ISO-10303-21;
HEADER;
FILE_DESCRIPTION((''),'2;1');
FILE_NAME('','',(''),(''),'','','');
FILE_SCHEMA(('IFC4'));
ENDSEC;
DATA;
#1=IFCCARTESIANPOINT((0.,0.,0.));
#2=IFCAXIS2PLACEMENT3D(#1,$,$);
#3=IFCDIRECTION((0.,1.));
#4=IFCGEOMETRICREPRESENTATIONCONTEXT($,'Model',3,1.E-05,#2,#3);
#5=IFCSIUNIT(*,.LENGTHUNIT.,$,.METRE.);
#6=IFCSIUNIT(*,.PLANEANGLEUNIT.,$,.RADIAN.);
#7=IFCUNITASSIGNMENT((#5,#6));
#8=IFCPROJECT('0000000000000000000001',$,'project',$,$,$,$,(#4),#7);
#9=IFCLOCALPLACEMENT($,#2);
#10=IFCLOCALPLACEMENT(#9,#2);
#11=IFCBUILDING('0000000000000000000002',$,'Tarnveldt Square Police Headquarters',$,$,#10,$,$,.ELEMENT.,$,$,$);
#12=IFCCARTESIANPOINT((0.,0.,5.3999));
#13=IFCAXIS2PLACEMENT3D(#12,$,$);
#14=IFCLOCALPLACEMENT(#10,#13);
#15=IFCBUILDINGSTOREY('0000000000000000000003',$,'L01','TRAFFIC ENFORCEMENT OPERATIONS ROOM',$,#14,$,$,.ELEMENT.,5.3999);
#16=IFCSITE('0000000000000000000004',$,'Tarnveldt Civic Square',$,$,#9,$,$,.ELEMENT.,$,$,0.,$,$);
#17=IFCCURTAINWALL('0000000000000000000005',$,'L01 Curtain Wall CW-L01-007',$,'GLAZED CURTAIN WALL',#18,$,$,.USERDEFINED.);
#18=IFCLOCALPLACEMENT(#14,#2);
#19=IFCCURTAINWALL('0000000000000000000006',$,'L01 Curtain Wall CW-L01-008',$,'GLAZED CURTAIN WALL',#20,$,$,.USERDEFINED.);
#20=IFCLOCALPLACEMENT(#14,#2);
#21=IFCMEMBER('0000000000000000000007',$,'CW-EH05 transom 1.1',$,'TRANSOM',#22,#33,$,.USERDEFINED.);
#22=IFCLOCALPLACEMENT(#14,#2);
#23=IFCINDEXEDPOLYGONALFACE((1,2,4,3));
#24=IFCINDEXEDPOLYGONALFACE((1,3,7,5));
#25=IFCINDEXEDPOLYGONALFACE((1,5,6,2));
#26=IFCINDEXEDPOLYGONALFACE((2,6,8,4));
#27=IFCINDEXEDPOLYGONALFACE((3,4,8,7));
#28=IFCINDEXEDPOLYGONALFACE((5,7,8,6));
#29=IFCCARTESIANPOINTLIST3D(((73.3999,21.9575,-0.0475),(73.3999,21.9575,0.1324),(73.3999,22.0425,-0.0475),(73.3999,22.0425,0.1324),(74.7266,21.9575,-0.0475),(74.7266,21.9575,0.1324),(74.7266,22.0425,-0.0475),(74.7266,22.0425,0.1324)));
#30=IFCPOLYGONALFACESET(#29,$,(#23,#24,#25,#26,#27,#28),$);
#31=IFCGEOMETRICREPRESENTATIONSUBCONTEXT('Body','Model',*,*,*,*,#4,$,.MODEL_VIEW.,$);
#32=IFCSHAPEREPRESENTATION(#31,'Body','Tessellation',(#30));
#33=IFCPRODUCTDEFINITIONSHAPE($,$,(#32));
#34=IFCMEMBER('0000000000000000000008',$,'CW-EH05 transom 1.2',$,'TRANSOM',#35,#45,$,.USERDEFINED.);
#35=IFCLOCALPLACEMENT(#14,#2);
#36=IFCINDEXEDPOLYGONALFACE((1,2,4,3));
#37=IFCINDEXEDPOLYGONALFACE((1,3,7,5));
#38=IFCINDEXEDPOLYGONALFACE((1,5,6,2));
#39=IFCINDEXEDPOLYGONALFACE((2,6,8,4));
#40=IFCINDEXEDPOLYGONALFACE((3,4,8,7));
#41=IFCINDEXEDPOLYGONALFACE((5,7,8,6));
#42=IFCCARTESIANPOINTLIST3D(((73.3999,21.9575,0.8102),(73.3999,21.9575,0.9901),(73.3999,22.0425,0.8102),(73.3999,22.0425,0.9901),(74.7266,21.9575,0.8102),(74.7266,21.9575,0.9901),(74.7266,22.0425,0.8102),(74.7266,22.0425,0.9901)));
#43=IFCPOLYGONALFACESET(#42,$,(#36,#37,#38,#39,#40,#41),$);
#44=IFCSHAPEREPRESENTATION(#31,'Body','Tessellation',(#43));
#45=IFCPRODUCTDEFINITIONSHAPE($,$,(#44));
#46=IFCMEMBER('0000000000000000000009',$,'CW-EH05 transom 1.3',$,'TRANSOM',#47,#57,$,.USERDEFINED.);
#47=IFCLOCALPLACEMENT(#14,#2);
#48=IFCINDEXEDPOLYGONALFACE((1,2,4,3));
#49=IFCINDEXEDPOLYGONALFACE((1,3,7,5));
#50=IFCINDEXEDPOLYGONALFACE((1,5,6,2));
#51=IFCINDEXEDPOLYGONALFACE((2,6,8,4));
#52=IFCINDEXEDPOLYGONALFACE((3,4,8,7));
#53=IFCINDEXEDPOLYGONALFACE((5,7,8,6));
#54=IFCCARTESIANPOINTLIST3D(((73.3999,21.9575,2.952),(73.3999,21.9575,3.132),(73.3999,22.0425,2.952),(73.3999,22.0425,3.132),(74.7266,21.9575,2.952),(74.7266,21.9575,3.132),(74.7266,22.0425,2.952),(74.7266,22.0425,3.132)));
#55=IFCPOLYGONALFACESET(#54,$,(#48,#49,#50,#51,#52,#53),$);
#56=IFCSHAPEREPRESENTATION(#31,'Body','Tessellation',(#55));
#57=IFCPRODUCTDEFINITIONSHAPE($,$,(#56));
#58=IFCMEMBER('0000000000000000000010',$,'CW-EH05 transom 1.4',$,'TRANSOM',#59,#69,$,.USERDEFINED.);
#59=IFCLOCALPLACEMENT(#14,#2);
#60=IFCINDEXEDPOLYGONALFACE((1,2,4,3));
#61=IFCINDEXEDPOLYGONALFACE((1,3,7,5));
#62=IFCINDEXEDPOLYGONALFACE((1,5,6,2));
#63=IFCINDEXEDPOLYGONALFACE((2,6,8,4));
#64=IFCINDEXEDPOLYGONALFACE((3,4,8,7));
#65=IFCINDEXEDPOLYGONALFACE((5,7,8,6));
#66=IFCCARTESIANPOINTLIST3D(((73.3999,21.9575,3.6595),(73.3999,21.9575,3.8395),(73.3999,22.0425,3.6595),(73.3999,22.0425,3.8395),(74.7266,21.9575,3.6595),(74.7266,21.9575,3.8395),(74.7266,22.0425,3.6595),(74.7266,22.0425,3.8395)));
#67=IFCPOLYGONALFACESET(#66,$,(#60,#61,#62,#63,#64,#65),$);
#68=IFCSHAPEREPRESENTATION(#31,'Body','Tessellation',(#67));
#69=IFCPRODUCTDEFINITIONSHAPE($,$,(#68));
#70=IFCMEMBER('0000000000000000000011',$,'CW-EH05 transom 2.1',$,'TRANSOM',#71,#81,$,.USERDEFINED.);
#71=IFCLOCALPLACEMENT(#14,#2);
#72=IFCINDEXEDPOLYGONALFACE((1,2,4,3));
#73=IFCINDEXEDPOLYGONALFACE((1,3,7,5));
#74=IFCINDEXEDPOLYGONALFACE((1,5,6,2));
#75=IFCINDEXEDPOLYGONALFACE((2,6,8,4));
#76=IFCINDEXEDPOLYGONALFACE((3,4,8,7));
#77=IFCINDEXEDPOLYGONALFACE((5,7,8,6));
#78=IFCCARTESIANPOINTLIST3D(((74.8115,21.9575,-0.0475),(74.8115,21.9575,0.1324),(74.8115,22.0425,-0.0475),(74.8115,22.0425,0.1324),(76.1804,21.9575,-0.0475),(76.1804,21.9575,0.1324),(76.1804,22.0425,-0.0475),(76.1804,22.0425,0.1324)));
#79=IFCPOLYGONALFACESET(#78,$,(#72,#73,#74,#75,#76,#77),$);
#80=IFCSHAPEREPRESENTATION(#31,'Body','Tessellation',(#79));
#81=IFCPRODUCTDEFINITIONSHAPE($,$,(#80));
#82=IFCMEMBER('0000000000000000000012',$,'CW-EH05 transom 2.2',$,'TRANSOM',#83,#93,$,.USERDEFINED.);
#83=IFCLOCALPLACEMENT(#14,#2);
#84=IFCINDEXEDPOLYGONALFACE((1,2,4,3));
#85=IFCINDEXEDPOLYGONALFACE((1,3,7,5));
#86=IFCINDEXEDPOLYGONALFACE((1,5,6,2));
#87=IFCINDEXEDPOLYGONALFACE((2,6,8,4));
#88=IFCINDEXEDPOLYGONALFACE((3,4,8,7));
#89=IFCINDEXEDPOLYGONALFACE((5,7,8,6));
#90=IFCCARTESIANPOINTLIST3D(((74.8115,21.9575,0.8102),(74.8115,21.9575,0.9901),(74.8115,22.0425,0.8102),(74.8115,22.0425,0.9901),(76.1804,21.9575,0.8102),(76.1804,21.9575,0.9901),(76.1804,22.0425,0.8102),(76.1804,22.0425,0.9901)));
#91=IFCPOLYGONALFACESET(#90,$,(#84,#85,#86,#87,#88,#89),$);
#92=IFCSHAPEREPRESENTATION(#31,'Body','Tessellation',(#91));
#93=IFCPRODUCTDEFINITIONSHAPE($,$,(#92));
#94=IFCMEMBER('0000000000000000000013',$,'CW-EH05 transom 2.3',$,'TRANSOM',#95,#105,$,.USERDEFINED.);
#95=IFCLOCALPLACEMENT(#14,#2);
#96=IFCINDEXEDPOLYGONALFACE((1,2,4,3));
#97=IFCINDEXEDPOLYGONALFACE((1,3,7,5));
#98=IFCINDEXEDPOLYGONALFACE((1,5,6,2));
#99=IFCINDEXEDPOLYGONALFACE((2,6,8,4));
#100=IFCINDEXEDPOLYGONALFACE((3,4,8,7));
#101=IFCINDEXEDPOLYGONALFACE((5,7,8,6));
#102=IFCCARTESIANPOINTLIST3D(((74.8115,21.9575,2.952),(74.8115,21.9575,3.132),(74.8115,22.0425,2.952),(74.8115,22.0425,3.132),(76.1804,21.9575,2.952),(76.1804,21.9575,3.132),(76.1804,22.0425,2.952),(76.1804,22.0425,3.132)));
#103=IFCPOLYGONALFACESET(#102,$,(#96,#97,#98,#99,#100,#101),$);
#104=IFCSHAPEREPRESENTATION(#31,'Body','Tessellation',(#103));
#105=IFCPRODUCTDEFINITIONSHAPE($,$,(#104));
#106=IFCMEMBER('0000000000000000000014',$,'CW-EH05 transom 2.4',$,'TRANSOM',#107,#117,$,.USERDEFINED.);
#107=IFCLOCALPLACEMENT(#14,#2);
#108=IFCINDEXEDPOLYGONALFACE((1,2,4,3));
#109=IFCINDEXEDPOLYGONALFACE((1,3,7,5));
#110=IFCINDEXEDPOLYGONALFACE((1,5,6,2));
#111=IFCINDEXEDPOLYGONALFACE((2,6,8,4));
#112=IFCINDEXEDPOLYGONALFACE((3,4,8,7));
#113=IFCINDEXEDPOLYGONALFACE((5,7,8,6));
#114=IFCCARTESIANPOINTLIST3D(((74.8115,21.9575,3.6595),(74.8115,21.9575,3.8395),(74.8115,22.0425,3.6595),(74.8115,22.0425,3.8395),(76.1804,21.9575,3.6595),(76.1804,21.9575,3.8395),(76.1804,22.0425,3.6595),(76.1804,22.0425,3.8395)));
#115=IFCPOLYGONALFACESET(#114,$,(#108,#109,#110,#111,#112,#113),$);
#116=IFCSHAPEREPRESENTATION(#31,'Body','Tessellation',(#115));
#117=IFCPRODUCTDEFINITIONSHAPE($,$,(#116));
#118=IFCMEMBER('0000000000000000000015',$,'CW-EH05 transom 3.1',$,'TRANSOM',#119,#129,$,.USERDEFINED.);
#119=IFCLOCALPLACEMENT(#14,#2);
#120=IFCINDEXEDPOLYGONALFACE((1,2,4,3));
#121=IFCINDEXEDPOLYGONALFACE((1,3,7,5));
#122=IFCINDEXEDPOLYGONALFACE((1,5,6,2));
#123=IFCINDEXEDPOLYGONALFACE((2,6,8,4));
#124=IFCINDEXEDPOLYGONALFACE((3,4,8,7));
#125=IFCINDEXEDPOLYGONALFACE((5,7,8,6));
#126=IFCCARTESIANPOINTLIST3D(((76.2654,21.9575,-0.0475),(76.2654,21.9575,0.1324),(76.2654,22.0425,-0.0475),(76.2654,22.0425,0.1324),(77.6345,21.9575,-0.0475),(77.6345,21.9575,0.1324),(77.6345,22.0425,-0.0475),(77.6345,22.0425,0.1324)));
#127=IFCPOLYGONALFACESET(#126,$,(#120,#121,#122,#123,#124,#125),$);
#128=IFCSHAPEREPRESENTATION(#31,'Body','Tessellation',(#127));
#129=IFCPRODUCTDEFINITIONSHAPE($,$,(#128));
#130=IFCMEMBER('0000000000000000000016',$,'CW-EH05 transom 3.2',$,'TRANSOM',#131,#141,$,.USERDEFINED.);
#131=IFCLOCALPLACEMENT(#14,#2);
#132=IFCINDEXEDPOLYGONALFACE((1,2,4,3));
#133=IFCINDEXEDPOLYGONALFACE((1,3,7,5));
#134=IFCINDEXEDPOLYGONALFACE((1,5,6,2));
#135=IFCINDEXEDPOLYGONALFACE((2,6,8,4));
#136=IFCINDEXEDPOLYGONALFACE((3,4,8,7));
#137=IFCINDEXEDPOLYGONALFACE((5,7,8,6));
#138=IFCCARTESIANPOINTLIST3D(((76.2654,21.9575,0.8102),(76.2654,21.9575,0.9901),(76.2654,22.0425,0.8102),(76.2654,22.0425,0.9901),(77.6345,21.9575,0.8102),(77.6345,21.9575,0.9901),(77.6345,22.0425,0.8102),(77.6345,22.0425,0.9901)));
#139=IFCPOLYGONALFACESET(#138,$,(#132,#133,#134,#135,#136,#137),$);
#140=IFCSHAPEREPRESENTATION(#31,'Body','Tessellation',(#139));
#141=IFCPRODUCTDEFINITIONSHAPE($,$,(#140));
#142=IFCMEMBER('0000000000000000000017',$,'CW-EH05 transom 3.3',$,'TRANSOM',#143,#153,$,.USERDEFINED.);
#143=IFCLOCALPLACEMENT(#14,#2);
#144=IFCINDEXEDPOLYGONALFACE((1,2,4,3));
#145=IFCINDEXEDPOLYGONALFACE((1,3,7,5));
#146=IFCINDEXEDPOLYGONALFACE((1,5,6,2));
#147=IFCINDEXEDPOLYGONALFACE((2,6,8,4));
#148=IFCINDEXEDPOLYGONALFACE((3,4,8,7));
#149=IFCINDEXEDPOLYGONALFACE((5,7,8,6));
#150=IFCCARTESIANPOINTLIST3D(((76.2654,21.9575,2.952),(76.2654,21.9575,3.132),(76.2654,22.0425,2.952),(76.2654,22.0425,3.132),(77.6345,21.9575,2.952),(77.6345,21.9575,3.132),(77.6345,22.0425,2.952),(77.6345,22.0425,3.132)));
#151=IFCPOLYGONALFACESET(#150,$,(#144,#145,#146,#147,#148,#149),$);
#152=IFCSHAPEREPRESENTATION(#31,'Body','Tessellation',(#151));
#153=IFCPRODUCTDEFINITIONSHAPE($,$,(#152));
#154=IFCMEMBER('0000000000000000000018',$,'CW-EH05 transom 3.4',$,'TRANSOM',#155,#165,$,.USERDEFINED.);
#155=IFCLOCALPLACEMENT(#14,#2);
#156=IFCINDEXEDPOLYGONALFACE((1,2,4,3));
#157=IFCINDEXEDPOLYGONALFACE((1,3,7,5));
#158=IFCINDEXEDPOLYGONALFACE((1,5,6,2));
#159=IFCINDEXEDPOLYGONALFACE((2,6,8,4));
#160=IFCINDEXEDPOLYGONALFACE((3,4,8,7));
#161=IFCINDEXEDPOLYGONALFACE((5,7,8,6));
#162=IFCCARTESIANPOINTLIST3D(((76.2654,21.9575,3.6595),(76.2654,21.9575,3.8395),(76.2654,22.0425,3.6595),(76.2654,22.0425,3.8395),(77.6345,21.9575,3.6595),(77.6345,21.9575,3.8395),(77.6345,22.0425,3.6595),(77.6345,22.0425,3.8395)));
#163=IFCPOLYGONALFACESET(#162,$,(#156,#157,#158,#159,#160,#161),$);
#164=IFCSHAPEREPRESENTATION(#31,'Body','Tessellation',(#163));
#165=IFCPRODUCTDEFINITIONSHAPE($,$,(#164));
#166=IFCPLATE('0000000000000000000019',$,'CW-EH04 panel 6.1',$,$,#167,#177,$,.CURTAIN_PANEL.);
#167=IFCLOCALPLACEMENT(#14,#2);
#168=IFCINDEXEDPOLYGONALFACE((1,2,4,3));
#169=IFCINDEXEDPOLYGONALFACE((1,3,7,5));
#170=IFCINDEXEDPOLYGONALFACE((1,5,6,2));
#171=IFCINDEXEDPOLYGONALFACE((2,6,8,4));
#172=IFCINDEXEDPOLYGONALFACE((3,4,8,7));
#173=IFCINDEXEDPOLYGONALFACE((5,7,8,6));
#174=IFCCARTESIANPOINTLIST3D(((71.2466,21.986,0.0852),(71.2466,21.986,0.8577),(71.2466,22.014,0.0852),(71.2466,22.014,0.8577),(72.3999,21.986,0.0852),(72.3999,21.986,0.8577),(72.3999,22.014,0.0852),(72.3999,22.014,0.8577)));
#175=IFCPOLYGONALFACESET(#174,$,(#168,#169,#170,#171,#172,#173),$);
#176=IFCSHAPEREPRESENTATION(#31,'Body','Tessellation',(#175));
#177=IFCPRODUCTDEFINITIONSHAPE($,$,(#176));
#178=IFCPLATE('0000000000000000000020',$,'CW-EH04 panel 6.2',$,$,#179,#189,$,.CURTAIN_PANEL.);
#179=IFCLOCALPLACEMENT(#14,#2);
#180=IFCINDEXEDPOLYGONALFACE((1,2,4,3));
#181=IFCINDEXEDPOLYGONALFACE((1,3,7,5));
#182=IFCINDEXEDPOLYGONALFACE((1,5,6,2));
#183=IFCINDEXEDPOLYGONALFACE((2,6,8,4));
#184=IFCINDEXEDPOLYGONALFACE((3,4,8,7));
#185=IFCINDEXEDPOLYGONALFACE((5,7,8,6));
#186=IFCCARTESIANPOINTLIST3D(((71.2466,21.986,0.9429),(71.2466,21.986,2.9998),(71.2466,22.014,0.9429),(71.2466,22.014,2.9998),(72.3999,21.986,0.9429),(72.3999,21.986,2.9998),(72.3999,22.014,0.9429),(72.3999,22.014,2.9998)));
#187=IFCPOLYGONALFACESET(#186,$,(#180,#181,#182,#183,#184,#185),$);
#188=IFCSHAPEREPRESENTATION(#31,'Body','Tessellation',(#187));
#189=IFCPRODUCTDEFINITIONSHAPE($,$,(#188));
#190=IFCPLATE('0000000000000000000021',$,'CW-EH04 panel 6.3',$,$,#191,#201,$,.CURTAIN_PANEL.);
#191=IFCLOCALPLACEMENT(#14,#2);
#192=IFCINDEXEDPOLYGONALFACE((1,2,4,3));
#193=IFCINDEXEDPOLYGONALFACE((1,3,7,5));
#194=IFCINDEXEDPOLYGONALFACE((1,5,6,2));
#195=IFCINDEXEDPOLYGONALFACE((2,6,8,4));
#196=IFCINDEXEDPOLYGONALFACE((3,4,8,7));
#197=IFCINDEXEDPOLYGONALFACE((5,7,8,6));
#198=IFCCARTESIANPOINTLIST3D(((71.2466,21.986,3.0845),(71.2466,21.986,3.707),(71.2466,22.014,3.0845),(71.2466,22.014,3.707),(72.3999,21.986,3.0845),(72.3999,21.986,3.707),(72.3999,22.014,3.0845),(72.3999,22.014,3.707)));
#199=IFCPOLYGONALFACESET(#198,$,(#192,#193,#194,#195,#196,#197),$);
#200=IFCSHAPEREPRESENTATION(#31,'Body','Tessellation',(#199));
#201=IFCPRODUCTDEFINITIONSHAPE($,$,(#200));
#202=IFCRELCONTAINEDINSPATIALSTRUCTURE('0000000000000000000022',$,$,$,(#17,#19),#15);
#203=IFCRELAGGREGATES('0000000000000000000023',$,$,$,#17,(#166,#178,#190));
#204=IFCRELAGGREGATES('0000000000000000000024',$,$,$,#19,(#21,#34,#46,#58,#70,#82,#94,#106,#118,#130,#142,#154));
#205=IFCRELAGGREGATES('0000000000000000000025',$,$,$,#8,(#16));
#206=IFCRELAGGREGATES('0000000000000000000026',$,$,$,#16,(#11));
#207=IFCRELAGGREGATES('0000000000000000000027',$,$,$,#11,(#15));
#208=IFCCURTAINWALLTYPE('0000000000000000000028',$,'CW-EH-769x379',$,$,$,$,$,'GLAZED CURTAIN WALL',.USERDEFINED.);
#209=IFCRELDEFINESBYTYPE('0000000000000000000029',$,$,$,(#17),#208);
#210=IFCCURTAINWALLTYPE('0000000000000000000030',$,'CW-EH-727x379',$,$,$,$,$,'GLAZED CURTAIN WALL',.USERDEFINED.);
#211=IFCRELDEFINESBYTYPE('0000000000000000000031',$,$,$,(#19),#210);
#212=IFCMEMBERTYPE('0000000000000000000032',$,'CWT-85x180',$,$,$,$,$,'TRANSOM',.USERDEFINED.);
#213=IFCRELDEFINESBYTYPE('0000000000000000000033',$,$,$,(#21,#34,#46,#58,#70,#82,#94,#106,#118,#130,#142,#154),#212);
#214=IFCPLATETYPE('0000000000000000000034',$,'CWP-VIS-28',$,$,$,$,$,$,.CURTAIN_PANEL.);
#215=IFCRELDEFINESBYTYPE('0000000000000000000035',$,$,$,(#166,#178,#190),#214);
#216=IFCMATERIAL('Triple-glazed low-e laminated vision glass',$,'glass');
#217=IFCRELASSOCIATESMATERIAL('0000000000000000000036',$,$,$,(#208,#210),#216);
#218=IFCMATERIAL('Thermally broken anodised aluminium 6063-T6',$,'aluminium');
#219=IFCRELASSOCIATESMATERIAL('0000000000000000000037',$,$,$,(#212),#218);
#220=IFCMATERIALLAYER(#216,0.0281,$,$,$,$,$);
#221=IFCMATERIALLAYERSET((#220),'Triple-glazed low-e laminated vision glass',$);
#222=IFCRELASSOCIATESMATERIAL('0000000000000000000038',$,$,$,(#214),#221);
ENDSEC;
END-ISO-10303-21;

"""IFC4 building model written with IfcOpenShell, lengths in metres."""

from ifc_helpers import new_model, si_unit, direction, frame, origin, origin_2d, place, context, subcontext, project, spatial, rectangle, extrude, material, layer, layer_set, material_profile, profile_set, type_object, element, aggregate, save


model = new_model("IFC4")

# Units and contexts
model_context = context("Model", 3, precision=1e-05, world=origin(), true_north=direction((0.0, 1.0)))
body_context = subcontext(model_context, "Body", "Model", "MODEL_VIEW")
ifc_project = project(units=[si_unit("LENGTHUNIT", "METRE"), si_unit("PLANEANGLEUNIT", "RADIAN")], contexts=[model_context])

# Site, building, storey
site_placement = place(None, origin())
site = spatial("IfcSite", under=ifc_project, at=site_placement, Name="Tarnveldt Civic Square", CompositionType="ELEMENT", RefElevation=0.0)
building_placement = place(site_placement, origin())
building = spatial("IfcBuilding", under=site, at=building_placement, Name="Tarnveldt Square Police Headquarters", CompositionType="ELEMENT")
storey_placement = place(building_placement, frame((0.0, 0.0, 5.3999)))
storey = spatial("IfcBuildingStorey", under=building, at=storey_placement, Name="L01", Description="TRAFFIC ENFORCEMENT OPERATIONS ROOM", CompositionType="ELEMENT", Elevation=5.3999)

# Curtain walls
ifc_material_1 = material(Name="Triple-glazed low-e laminated vision glass", Category="glass")
curtain_wall_type_1 = type_object("IfcCurtainWallType", Name="CW-EH-769x379", ElementType="GLAZED CURTAIN WALL", PredefinedType="USERDEFINED", material=ifc_material_1)
curtain_wall_1_placement = place(storey_placement, origin())
curtain_wall_1 = element("IfcCurtainWall", 1, at=curtain_wall_1_placement, inside=storey, type_object=curtain_wall_type_1, Name="L01 Curtain Wall CW-L01-007", ObjectType="GLAZED CURTAIN WALL", PredefinedType="USERDEFINED")
ifc_material_2 = material(Name="Thermally broken anodised aluminium 6063-T6", Category="aluminium")
curtain_wall_type_2 = type_object("IfcCurtainWallType", Name="CW-EH-727x379", ElementType="GLAZED CURTAIN WALL", PredefinedType="USERDEFINED", material=ifc_material_1)
curtain_wall_2_placement = place(storey_placement, origin())
curtain_wall_2 = element("IfcCurtainWall", 2, at=curtain_wall_2_placement, inside=storey, type_object=curtain_wall_type_2, Name="L01 Curtain Wall CW-L01-008", ObjectType="GLAZED CURTAIN WALL", PredefinedType="USERDEFINED")

# Members
ifc_material_profile_1 = material_profile(ifc_material_2, rectangle(XDim=0.085, YDim=0.1799, at=origin_2d()), Name="CW-T85x180")
ifc_profile_set_1 = profile_set([ifc_material_profile_1], Name="Thermally broken anodised aluminium 6063-T6")
member_type_1 = type_object("IfcMemberType", Name="CWT-85x180", ElementType="TRANSOM", PredefinedType="USERDEFINED", material=ifc_profile_set_1)
member_1_placement = place(storey_placement, frame((73.3999, 22.0, 0.0425), z_axis=(1.0, 0.0, 0.0), x_axis=(0.0, 1.0, 0.0)))
member_1 = element("IfcMember", 3, at=member_1_placement, type_object=member_type_1, Name="CW-EH05 transom 1.1", ObjectType="TRANSOM", PredefinedType="USERDEFINED", context=body_context, shape_type="SweptSolid", body=[
    extrude(rectangle(XDim=0.085, YDim=0.1799, at=origin_2d()), origin(), (0.0, 0.0, 1.0), 1.3267),
])
member_2_placement = place(storey_placement, frame((73.3999, 22.0, 0.9001), z_axis=(1.0, 0.0, 0.0), x_axis=(0.0, 1.0, 0.0)))
member_2 = element("IfcMember", 4, at=member_2_placement, type_object=member_type_1, Name="CW-EH05 transom 1.2", ObjectType="TRANSOM", PredefinedType="USERDEFINED", context=body_context, shape_type="SweptSolid", body=[
    extrude(rectangle(XDim=0.085, YDim=0.1799, at=origin_2d()), origin(), (0.0, 0.0, 1.0), 1.3267),
])
member_3_placement = place(storey_placement, frame((73.3999, 22.0, 3.042), z_axis=(1.0, 0.0, 0.0), x_axis=(0.0, 1.0, 0.0)))
member_3 = element("IfcMember", 5, at=member_3_placement, type_object=member_type_1, Name="CW-EH05 transom 1.3", ObjectType="TRANSOM", PredefinedType="USERDEFINED", context=body_context, shape_type="SweptSolid", body=[
    extrude(rectangle(XDim=0.085, YDim=0.1799, at=origin_2d()), origin(), (0.0, 0.0, 1.0), 1.3267),
])
member_4_placement = place(storey_placement, frame((73.3999, 22.0, 3.7495), z_axis=(1.0, 0.0, 0.0), x_axis=(0.0, 1.0, 0.0)))
member_4 = element("IfcMember", 6, at=member_4_placement, type_object=member_type_1, Name="CW-EH05 transom 1.4", ObjectType="TRANSOM", PredefinedType="USERDEFINED", context=body_context, shape_type="SweptSolid", body=[
    extrude(rectangle(XDim=0.085, YDim=0.1799, at=origin_2d()), origin(), (0.0, 0.0, 1.0), 1.3267),
])
member_5_placement = place(storey_placement, frame((74.8115, 22.0, 0.0425), z_axis=(1.0, 0.0, 0.0), x_axis=(0.0, 1.0, 0.0)))
member_5 = element("IfcMember", 7, at=member_5_placement, type_object=member_type_1, Name="CW-EH05 transom 2.1", ObjectType="TRANSOM", PredefinedType="USERDEFINED", context=body_context, shape_type="SweptSolid", body=[
    extrude(rectangle(XDim=0.085, YDim=0.1799, at=origin_2d()), origin(), (0.0, 0.0, 1.0), 1.3689),
])
member_6_placement = place(storey_placement, frame((74.8115, 22.0, 0.9001), z_axis=(1.0, 0.0, 0.0), x_axis=(0.0, 1.0, 0.0)))
member_6 = element("IfcMember", 8, at=member_6_placement, type_object=member_type_1, Name="CW-EH05 transom 2.2", ObjectType="TRANSOM", PredefinedType="USERDEFINED", context=body_context, shape_type="SweptSolid", body=[
    extrude(rectangle(XDim=0.085, YDim=0.1799, at=origin_2d()), origin(), (0.0, 0.0, 1.0), 1.3689),
])
member_7_placement = place(storey_placement, frame((74.8115, 22.0, 3.042), z_axis=(1.0, 0.0, 0.0), x_axis=(0.0, 1.0, 0.0)))
member_7 = element("IfcMember", 9, at=member_7_placement, type_object=member_type_1, Name="CW-EH05 transom 2.3", ObjectType="TRANSOM", PredefinedType="USERDEFINED", context=body_context, shape_type="SweptSolid", body=[
    extrude(rectangle(XDim=0.085, YDim=0.1799, at=origin_2d()), origin(), (0.0, 0.0, 1.0), 1.3689),
])
member_8_placement = place(storey_placement, frame((74.8115, 22.0, 3.7495), z_axis=(1.0, 0.0, 0.0), x_axis=(0.0, 1.0, 0.0)))
member_8 = element("IfcMember", 10, at=member_8_placement, type_object=member_type_1, Name="CW-EH05 transom 2.4", ObjectType="TRANSOM", PredefinedType="USERDEFINED", context=body_context, shape_type="SweptSolid", body=[
    extrude(rectangle(XDim=0.085, YDim=0.1799, at=origin_2d()), origin(), (0.0, 0.0, 1.0), 1.3689),
])
member_9_placement = place(storey_placement, frame((76.2654, 22.0, 0.0425), z_axis=(1.0, 0.0, 0.0), x_axis=(0.0, 1.0, 0.0)))
member_9 = element("IfcMember", 11, at=member_9_placement, type_object=member_type_1, Name="CW-EH05 transom 3.1", ObjectType="TRANSOM", PredefinedType="USERDEFINED", context=body_context, shape_type="SweptSolid", body=[
    extrude(rectangle(XDim=0.085, YDim=0.1799, at=origin_2d()), origin(), (0.0, 0.0, 1.0), 1.3691),
])
member_10_placement = place(storey_placement, frame((76.2654, 22.0, 0.9001), z_axis=(1.0, 0.0, 0.0), x_axis=(0.0, 1.0, 0.0)))
member_10 = element("IfcMember", 12, at=member_10_placement, type_object=member_type_1, Name="CW-EH05 transom 3.2", ObjectType="TRANSOM", PredefinedType="USERDEFINED", context=body_context, shape_type="SweptSolid", body=[
    extrude(rectangle(XDim=0.085, YDim=0.1799, at=origin_2d()), origin(), (0.0, 0.0, 1.0), 1.3691),
])
member_11_placement = place(storey_placement, frame((76.2654, 22.0, 3.042), z_axis=(1.0, 0.0, 0.0), x_axis=(0.0, 1.0, 0.0)))
member_11 = element("IfcMember", 13, at=member_11_placement, type_object=member_type_1, Name="CW-EH05 transom 3.3", ObjectType="TRANSOM", PredefinedType="USERDEFINED", context=body_context, shape_type="SweptSolid", body=[
    extrude(rectangle(XDim=0.085, YDim=0.1799, at=origin_2d()), origin(), (0.0, 0.0, 1.0), 1.3691),
])
member_12_placement = place(storey_placement, frame((76.2654, 22.0, 3.7495), z_axis=(1.0, 0.0, 0.0), x_axis=(0.0, 1.0, 0.0)))
member_12 = element("IfcMember", 14, at=member_12_placement, type_object=member_type_1, Name="CW-EH05 transom 3.4", ObjectType="TRANSOM", PredefinedType="USERDEFINED", context=body_context, shape_type="SweptSolid", body=[
    extrude(rectangle(XDim=0.085, YDim=0.1799, at=origin_2d()), origin(), (0.0, 0.0, 1.0), 1.3691),
])

# Plates
ifc_layer = layer(ifc_material_1, 0.0281)
ifc_layer_set = layer_set([ifc_layer], Name="Triple-glazed low-e laminated vision glass")
plate_type = type_object("IfcPlateType", Name="CWP-VIS-28", PredefinedType="CURTAIN_PANEL", material=ifc_layer_set)
plate_1_placement = place(storey_placement, frame((71.8232, 22.0, 0.0852), z_axis=(0.0, 0.0, 1.0), x_axis=(1.0, 0.0, 0.0)))
plate_1 = element("IfcPlate", 15, at=plate_1_placement, type_object=plate_type, Name="CW-EH04 panel 6.1", PredefinedType="CURTAIN_PANEL", context=body_context, shape_type="SweptSolid", body=[
    extrude(rectangle(XDim=1.1533, YDim=0.0281, at=origin_2d()), origin(), (0.0, 0.0, 1.0), 0.7725),
])
plate_2_placement = place(storey_placement, frame((71.8232, 22.0, 0.9429), z_axis=(0.0, 0.0, 1.0), x_axis=(1.0, 0.0, 0.0)))
plate_2 = element("IfcPlate", 16, at=plate_2_placement, type_object=plate_type, Name="CW-EH04 panel 6.2", PredefinedType="CURTAIN_PANEL", context=body_context, shape_type="SweptSolid", body=[
    extrude(rectangle(XDim=1.1533, YDim=0.0281, at=origin_2d()), origin(), (0.0, 0.0, 1.0), 2.0569),
])
plate_3_placement = place(storey_placement, frame((71.8232, 22.0, 3.0845), z_axis=(0.0, 0.0, 1.0), x_axis=(1.0, 0.0, 0.0)))
plate_3 = element("IfcPlate", 17, at=plate_3_placement, type_object=plate_type, Name="CW-EH04 panel 6.3", PredefinedType="CURTAIN_PANEL", context=body_context, shape_type="SweptSolid", body=[
    extrude(rectangle(XDim=1.1533, YDim=0.0281, at=origin_2d()), origin(), (0.0, 0.0, 1.0), 0.6226),
])
aggregate(curtain_wall_1, [plate_1, plate_2, plate_3])
aggregate(curtain_wall_2, [member_1, member_2, member_3, member_4, member_5, member_6, member_7, member_8, member_9, member_10, member_11, member_12])

save(model, "model.ifc")
